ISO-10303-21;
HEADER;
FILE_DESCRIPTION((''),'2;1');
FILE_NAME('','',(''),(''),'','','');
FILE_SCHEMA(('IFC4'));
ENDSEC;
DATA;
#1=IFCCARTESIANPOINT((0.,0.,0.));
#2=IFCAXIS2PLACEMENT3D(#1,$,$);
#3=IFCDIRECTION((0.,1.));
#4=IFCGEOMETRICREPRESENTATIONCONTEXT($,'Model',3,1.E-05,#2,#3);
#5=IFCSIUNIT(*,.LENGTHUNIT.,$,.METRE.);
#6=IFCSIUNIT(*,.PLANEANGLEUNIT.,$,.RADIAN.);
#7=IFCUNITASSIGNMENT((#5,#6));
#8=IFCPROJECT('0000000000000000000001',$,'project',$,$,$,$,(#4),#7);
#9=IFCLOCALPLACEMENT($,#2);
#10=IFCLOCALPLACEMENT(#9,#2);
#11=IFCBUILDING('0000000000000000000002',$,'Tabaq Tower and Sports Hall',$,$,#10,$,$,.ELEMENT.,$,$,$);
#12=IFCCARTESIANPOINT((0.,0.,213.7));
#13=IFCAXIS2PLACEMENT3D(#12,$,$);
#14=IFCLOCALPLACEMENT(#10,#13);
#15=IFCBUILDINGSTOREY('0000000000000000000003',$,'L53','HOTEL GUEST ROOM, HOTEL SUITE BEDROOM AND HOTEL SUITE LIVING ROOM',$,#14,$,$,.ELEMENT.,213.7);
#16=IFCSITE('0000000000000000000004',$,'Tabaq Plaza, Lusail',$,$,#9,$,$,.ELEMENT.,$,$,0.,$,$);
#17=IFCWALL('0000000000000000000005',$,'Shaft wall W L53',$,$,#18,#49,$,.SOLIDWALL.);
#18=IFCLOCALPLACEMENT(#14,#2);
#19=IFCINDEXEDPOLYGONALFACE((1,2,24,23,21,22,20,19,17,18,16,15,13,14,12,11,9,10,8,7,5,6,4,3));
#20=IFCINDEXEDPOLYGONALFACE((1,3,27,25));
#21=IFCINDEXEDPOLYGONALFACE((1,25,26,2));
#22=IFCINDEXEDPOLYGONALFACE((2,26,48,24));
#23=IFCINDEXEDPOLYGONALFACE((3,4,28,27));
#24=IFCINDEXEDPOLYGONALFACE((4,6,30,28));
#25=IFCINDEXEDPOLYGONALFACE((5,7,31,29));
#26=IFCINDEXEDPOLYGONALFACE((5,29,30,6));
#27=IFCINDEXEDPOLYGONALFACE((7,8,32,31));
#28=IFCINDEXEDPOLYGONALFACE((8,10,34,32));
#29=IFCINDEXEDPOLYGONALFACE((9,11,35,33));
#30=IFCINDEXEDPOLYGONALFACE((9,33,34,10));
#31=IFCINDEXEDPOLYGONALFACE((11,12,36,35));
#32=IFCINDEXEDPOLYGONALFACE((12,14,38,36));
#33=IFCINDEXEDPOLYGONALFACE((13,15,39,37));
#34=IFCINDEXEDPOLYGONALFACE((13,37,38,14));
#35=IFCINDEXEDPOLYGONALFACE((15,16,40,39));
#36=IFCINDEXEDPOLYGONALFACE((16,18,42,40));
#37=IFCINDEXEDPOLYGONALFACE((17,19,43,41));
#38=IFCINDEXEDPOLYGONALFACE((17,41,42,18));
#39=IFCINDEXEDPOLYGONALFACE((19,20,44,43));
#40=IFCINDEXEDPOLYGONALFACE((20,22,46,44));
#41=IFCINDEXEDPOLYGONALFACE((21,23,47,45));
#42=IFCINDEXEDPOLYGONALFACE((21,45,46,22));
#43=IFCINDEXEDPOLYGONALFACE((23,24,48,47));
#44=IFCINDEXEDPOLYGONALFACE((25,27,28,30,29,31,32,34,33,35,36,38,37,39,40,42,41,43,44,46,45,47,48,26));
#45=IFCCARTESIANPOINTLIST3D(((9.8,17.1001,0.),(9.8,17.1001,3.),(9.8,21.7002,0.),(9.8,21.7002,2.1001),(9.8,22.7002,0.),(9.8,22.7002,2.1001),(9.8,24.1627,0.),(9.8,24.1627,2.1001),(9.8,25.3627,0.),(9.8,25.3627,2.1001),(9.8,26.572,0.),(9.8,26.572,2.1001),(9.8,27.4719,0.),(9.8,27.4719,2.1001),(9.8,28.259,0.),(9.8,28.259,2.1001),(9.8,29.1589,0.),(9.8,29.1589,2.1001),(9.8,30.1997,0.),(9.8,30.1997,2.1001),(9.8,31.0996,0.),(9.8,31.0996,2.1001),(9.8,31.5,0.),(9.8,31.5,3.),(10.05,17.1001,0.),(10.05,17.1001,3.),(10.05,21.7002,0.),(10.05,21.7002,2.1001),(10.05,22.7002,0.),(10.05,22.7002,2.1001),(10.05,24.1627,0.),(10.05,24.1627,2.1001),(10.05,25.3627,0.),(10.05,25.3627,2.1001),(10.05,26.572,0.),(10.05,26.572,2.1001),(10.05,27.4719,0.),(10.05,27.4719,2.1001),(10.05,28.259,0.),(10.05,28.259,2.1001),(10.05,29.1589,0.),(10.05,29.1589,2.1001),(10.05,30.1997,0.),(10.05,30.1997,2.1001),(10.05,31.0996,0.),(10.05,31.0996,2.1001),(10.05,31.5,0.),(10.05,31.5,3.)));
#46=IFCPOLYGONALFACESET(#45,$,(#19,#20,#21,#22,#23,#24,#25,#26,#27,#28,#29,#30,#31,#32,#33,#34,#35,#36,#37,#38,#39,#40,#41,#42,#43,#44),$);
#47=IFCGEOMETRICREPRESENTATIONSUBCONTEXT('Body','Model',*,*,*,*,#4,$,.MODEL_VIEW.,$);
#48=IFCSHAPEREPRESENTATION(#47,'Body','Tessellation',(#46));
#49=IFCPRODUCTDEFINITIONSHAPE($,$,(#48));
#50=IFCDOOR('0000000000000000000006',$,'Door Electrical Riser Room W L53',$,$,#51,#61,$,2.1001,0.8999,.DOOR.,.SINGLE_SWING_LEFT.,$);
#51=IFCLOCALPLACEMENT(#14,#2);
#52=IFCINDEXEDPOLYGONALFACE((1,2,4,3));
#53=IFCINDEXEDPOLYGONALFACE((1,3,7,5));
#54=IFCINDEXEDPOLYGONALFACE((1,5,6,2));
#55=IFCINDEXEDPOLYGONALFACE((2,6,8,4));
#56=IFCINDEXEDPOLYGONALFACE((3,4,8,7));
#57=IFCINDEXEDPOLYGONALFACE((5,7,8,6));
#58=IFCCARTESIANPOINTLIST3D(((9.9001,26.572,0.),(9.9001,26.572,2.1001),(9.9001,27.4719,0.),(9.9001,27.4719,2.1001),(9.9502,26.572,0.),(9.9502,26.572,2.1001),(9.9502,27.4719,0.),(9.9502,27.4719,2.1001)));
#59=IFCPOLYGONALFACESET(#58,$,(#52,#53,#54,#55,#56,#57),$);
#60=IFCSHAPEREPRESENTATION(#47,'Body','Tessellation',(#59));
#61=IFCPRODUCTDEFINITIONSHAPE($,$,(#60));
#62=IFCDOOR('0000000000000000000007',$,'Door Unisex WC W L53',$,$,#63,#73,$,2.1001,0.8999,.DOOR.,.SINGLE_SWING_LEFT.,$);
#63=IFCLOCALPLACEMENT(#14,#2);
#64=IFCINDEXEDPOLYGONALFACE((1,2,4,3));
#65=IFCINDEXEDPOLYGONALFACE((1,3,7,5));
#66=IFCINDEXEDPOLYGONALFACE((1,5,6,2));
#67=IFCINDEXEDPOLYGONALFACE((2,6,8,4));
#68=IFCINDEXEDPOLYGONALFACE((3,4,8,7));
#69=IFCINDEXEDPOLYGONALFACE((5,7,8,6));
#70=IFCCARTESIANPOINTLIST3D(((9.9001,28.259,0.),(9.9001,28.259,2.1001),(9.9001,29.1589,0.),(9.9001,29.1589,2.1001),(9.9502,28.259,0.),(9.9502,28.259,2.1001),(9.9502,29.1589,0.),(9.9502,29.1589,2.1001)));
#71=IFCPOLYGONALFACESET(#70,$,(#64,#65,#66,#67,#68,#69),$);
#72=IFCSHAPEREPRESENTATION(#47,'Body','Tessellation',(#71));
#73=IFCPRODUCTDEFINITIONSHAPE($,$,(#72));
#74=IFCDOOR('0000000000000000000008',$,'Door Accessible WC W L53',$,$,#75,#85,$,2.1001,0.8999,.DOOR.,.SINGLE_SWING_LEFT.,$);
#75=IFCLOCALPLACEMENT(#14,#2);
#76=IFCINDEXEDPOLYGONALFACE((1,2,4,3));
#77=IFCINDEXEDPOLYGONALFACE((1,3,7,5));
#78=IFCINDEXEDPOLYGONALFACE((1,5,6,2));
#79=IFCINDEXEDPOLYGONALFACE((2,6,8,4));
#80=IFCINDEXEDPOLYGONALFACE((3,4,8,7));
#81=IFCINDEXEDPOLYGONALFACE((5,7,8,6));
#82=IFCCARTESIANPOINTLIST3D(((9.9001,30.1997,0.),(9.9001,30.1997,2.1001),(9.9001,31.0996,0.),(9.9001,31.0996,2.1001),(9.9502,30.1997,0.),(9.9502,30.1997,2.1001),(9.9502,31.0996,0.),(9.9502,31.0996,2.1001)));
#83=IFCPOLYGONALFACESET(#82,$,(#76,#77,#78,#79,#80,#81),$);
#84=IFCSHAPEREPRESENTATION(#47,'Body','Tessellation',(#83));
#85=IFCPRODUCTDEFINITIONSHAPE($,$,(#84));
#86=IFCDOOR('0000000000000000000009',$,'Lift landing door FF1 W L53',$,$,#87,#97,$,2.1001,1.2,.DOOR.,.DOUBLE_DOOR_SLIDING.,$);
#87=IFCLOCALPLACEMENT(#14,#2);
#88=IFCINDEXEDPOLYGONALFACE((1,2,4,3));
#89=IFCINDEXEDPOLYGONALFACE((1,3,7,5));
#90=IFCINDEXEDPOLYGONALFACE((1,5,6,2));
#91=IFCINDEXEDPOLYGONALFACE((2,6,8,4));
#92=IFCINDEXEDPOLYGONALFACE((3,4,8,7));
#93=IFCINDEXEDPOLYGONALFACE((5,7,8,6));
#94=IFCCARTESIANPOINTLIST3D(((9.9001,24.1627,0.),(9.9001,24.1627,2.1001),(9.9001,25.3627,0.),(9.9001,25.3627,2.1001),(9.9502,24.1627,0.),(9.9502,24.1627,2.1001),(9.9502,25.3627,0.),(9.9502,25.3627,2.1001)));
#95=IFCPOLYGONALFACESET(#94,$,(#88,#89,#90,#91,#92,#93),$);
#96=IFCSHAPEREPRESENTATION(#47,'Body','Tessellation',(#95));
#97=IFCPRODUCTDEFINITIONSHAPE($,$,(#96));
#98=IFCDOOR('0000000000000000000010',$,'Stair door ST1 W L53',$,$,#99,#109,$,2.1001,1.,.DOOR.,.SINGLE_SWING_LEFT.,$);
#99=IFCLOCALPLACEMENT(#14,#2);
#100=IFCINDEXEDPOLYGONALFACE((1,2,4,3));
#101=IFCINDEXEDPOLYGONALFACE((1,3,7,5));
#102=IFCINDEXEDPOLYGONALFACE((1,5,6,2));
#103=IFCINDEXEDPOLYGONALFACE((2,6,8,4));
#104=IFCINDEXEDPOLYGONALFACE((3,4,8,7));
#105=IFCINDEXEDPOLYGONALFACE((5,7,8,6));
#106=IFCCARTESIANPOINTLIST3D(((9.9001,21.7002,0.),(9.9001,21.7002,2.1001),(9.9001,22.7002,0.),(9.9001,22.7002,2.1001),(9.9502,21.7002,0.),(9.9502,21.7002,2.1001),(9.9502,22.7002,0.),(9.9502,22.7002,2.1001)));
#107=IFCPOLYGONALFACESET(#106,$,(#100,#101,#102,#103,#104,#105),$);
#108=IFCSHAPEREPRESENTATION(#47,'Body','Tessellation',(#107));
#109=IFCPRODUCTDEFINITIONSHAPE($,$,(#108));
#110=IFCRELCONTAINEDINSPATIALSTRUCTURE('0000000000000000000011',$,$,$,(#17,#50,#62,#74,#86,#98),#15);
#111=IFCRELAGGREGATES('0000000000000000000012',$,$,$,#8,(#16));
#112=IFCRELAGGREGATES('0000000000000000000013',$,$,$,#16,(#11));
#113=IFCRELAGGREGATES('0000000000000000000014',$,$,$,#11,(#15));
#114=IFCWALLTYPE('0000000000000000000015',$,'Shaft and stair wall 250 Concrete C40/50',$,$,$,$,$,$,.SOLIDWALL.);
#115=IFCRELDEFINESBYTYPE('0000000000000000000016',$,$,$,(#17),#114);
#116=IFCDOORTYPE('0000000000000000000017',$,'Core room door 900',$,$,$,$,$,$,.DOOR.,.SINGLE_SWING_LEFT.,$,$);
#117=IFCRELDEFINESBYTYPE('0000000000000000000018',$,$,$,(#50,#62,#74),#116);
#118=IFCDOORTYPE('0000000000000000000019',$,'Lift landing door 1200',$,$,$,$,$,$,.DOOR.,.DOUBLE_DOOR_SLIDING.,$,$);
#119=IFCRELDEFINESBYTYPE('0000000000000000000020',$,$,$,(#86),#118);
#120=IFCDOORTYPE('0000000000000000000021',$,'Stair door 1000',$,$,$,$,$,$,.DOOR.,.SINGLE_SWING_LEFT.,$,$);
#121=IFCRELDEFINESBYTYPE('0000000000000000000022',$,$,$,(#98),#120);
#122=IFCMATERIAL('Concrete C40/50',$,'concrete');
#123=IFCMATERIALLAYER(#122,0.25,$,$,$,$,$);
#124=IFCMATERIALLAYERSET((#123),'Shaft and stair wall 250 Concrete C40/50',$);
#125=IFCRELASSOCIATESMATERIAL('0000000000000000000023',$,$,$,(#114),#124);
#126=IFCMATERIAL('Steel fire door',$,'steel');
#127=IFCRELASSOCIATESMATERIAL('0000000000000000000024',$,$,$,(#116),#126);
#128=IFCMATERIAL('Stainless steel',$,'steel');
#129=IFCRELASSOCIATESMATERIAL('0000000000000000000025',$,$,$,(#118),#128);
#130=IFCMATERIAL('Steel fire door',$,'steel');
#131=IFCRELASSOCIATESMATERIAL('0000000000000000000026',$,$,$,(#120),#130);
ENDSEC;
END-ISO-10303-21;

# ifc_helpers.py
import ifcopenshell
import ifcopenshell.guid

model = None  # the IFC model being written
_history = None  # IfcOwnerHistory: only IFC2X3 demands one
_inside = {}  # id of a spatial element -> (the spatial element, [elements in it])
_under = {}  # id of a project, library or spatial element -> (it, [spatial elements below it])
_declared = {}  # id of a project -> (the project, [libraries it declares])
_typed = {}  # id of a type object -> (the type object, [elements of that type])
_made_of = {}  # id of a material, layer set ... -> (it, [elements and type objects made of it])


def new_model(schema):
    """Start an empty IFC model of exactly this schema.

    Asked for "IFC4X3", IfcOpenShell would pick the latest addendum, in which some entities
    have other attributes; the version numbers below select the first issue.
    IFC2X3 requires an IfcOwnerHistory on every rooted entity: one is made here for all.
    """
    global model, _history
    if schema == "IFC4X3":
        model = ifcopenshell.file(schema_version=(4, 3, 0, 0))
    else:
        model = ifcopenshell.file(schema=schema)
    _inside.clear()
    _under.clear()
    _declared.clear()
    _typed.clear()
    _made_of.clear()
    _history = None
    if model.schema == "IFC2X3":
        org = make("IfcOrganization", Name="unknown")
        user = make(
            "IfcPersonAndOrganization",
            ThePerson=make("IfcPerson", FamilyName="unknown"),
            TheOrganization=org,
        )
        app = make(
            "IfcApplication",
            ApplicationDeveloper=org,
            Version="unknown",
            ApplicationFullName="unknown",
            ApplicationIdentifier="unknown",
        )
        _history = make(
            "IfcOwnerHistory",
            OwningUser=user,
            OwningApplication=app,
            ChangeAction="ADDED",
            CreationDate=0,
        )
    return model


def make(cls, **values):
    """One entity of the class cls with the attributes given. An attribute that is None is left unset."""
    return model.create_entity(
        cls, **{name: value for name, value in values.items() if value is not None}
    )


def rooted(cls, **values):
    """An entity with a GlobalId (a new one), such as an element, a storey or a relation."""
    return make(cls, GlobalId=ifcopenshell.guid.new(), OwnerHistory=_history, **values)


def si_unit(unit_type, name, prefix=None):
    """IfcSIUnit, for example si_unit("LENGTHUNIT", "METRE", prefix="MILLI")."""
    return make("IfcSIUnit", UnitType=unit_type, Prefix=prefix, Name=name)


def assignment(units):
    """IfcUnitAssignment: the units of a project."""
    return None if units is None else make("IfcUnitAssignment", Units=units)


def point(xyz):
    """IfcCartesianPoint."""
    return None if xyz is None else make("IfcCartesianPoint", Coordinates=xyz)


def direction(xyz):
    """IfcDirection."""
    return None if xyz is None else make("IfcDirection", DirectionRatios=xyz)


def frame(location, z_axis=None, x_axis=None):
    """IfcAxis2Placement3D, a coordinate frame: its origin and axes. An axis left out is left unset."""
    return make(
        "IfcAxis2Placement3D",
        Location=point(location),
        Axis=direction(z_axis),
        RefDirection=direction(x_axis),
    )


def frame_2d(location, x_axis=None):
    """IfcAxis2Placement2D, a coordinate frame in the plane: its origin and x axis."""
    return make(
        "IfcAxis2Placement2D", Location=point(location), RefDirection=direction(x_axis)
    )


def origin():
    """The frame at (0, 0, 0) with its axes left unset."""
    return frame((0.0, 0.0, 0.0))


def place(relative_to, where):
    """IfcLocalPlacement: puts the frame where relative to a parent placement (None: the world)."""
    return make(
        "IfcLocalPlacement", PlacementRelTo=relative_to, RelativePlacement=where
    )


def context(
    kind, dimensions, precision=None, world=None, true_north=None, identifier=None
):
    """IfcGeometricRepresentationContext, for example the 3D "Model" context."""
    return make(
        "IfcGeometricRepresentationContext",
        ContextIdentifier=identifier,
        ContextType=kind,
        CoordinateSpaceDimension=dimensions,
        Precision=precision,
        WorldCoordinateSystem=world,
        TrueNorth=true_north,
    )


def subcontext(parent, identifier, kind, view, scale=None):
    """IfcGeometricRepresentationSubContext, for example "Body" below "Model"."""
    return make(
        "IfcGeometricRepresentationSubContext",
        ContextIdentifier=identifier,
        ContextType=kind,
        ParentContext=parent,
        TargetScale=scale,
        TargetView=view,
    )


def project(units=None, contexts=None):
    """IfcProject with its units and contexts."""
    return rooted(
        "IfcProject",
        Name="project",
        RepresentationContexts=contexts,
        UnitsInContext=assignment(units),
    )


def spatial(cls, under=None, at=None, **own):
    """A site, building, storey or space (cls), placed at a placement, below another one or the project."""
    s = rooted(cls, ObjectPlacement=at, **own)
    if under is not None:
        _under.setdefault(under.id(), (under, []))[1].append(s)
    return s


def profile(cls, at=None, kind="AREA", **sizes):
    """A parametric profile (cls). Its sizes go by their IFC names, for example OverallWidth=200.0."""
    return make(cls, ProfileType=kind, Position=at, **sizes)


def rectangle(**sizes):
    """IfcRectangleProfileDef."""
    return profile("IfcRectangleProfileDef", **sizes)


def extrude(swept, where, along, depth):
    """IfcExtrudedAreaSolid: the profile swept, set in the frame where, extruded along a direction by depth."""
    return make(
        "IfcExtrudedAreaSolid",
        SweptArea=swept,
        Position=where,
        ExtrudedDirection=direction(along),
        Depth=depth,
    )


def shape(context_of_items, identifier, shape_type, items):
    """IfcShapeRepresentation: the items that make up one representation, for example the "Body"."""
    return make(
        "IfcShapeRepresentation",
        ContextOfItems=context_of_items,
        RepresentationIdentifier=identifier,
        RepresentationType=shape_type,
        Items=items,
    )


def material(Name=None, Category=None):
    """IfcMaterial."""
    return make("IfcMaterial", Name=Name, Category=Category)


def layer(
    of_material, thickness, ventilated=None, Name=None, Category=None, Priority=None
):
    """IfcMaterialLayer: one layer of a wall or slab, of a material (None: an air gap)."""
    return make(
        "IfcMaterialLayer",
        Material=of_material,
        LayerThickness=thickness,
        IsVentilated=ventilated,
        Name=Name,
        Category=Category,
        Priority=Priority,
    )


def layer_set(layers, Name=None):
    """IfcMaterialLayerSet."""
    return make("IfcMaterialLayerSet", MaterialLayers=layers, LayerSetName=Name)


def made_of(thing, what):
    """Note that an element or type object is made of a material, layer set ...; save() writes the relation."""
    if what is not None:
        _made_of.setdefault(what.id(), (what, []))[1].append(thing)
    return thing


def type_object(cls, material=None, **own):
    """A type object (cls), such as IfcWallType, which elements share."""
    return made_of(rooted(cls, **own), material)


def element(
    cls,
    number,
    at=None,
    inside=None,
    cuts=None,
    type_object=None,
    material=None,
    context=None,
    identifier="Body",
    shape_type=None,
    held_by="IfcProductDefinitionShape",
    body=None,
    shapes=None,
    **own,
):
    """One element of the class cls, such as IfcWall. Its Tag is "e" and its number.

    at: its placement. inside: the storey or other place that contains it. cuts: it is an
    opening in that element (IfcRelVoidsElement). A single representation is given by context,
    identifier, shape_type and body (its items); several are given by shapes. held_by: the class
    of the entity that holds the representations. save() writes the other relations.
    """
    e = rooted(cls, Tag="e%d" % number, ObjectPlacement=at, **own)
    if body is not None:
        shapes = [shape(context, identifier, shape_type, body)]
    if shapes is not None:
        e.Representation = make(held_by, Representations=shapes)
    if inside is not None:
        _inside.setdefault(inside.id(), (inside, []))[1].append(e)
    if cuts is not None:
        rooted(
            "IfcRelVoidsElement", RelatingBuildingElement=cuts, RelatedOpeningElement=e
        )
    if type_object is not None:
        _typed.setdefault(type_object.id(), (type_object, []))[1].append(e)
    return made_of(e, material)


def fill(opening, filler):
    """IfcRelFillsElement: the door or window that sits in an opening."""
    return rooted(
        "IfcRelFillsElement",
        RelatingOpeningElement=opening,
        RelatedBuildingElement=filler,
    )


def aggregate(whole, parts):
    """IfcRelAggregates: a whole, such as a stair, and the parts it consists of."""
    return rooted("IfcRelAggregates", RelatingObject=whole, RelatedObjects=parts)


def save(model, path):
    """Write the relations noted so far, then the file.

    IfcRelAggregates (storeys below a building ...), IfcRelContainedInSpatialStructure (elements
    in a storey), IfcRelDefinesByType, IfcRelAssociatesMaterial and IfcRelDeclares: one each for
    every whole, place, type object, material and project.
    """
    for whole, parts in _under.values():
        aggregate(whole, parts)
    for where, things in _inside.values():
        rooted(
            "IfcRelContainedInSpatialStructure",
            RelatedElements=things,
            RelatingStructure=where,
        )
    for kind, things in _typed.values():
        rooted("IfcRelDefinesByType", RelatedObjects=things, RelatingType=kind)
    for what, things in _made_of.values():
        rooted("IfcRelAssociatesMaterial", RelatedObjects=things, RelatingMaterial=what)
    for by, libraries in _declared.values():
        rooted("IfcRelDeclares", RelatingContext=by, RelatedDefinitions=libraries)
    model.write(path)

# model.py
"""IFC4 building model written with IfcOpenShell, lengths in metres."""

from ifc_helpers import new_model, si_unit, direction, frame, frame_2d, origin, place, context, subcontext, project, spatial, rectangle, extrude, material, layer, layer_set, type_object, element, fill, save


model = new_model("IFC4")

# Units and contexts
model_context = context("Model", 3, precision=1e-05, world=origin(), true_north=direction((0.0, 1.0)))
body_context = subcontext(model_context, "Body", "Model", "MODEL_VIEW")
ifc_project = project(units=[si_unit("LENGTHUNIT", "METRE"), si_unit("PLANEANGLEUNIT", "RADIAN")], contexts=[model_context])

# Site, building, storey
site_placement = place(None, origin())
site = spatial("IfcSite", under=ifc_project, at=site_placement, Name="Tabaq Plaza, Lusail", CompositionType="ELEMENT", RefElevation=0.0)
building_placement = place(site_placement, origin())
building = spatial("IfcBuilding", under=site, at=building_placement, Name="Tabaq Tower and Sports Hall", CompositionType="ELEMENT")
storey_placement = place(building_placement, frame((0.0, 0.0, 213.7)))
storey = spatial("IfcBuildingStorey", under=building, at=storey_placement, Name="L53", Description="HOTEL GUEST ROOM, HOTEL SUITE BEDROOM AND HOTEL SUITE LIVING ROOM", CompositionType="ELEMENT", Elevation=213.7)

# Wall, openings, doors
ifc_material_1 = material(Name="Concrete C40/50", Category="concrete")
ifc_layer_1 = layer(ifc_material_1, 0.25)
ifc_layer_set_1 = layer_set([ifc_layer_1], Name="Shaft and stair wall 250 Concrete C40/50")
wall_type_1 = type_object("IfcWallType", Name="Shaft and stair wall 250 Concrete C40/50", PredefinedType="SOLIDWALL", material=ifc_layer_set_1)
wall_1_placement = place(storey_placement, frame((9.925, 17.1001, 0.0), z_axis=(0.0, 0.0, 1.0), x_axis=(0.0, 1.0, 0.0)))
wall_1 = element("IfcWall", 1, at=wall_1_placement, inside=storey, type_object=wall_type_1, Name="Shaft wall W L53", PredefinedType="SOLIDWALL", context=body_context, shape_type="SweptSolid", body=[
    extrude(rectangle(XDim=14.3999, YDim=0.25, at=frame_2d((7.2, 0.0))), origin(), (0.0, 0.0, 1.0), 3.0),
])
opening_1_placement = place(wall_1_placement, frame((4.6001, 0.0, 0.0)))
opening_1 = element("IfcOpeningElement", 2, at=opening_1_placement, cuts=wall_1, PredefinedType="OPENING", context=body_context, shape_type="SweptSolid", body=[
    extrude(rectangle(XDim=1.0, YDim=2.1001, at=frame_2d((0.5, 1.05))), frame((0.0, 0.125, 0.0), z_axis=(0.0, -1.0, 0.0), x_axis=(1.0, 0.0, 0.0)), (0.0, 0.0, 1.0), 0.25),
])
opening_2_placement = place(wall_1_placement, frame((7.0625, 0.0, 0.0)))
opening_2 = element("IfcOpeningElement", 3, at=opening_2_placement, cuts=wall_1, PredefinedType="OPENING", context=body_context, shape_type="SweptSolid", body=[
    extrude(rectangle(XDim=1.2, YDim=2.1001, at=frame_2d((0.6001, 1.05))), frame((0.0, 0.125, 0.0), z_axis=(0.0, -1.0, 0.0), x_axis=(1.0, 0.0, 0.0)), (0.0, 0.0, 1.0), 0.25),
])
opening_3_placement = place(wall_1_placement, frame((9.4719, 0.0, 0.0)))
opening_3 = element("IfcOpeningElement", 4, at=opening_3_placement, cuts=wall_1, PredefinedType="OPENING", context=body_context, shape_type="SweptSolid", body=[
    extrude(rectangle(XDim=0.8999, YDim=2.1001, at=frame_2d((0.45, 1.05))), frame((0.0, 0.125, 0.0), z_axis=(0.0, -1.0, 0.0), x_axis=(1.0, 0.0, 0.0)), (0.0, 0.0, 1.0), 0.25),
])
opening_4_placement = place(wall_1_placement, frame((11.1589, 0.0, 0.0)))
opening_4 = element("IfcOpeningElement", 5, at=opening_4_placement, cuts=wall_1, PredefinedType="OPENING", context=body_context, shape_type="SweptSolid", body=[
    extrude(rectangle(XDim=0.8999, YDim=2.1001, at=frame_2d((0.45, 1.05))), frame((0.0, 0.125, 0.0), z_axis=(0.0, -1.0, 0.0), x_axis=(1.0, 0.0, 0.0)), (0.0, 0.0, 1.0), 0.25),
])
opening_5_placement = place(wall_1_placement, frame((13.0996, 0.0, 0.0)))
opening_5 = element("IfcOpeningElement", 6, at=opening_5_placement, cuts=wall_1, PredefinedType="OPENING", context=body_context, shape_type="SweptSolid", body=[
    extrude(rectangle(XDim=0.8999, YDim=2.1001, at=frame_2d((0.45, 1.05))), frame((0.0, 0.125, 0.0), z_axis=(0.0, -1.0, 0.0), x_axis=(1.0, 0.0, 0.0)), (0.0, 0.0, 1.0), 0.25),
])
ifc_material_2 = material(Name="Steel fire door", Category="steel")
door_type_1 = type_object("IfcDoorType", Name="Core room door 900", OperationType="SINGLE_SWING_LEFT", PredefinedType="DOOR", material=ifc_material_2)
door_1_placement = place(opening_3_placement, origin())
door_1 = element("IfcDoor", 7, at=door_1_placement, inside=storey, type_object=door_type_1, Name="Door Electrical Riser Room W L53", OperationType="SINGLE_SWING_LEFT", OverallHeight=2.1001, OverallWidth=0.8999, PredefinedType="DOOR", context=body_context, shape_type="SweptSolid", body=[
    extrude(rectangle(XDim=0.8999, YDim=2.1001, at=frame_2d((0.45, 1.05))), frame((0.0, 0.0249, 0.0), z_axis=(0.0, -1.0, 0.0), x_axis=(1.0, 0.0, 0.0)), (0.0, 0.0, 1.0), 0.05),
])
fill(opening_3, door_1)
door_2_placement = place(opening_4_placement, origin())
door_2 = element("IfcDoor", 8, at=door_2_placement, inside=storey, type_object=door_type_1, Name="Door Unisex WC W L53", OperationType="SINGLE_SWING_LEFT", OverallHeight=2.1001, OverallWidth=0.8999, PredefinedType="DOOR", context=body_context, shape_type="SweptSolid", body=[
    extrude(rectangle(XDim=0.8999, YDim=2.1001, at=frame_2d((0.45, 1.05))), frame((0.0, 0.0249, 0.0), z_axis=(0.0, -1.0, 0.0), x_axis=(1.0, 0.0, 0.0)), (0.0, 0.0, 1.0), 0.05),
])
fill(opening_4, door_2)
door_3_placement = place(opening_5_placement, origin())
door_3 = element("IfcDoor", 9, at=door_3_placement, inside=storey, type_object=door_type_1, Name="Door Accessible WC W L53", OperationType="SINGLE_SWING_LEFT", OverallHeight=2.1001, OverallWidth=0.8999, PredefinedType="DOOR", context=body_context, shape_type="SweptSolid", body=[
    extrude(rectangle(XDim=0.8999, YDim=2.1001, at=frame_2d((0.45, 1.05))), frame((0.0, 0.0249, 0.0), z_axis=(0.0, -1.0, 0.0), x_axis=(1.0, 0.0, 0.0)), (0.0, 0.0, 1.0), 0.05),
])
fill(opening_5, door_3)
ifc_material_3 = material(Name="Stainless steel", Category="steel")
door_type_2 = type_object("IfcDoorType", Name="Lift landing door 1200", OperationType="DOUBLE_DOOR_SLIDING", PredefinedType="DOOR", material=ifc_material_3)
door_4_placement = place(opening_2_placement, origin())
door_4 = element("IfcDoor", 10, at=door_4_placement, inside=storey, type_object=door_type_2, Name="Lift landing door FF1 W L53", OperationType="DOUBLE_DOOR_SLIDING", OverallHeight=2.1001, OverallWidth=1.2, PredefinedType="DOOR", context=body_context, shape_type="SweptSolid", body=[
    extrude(rectangle(XDim=1.2, YDim=2.1001, at=frame_2d((0.6001, 1.05))), frame((0.0, 0.0249, 0.0), z_axis=(0.0, -1.0, 0.0), x_axis=(1.0, 0.0, 0.0)), (0.0, 0.0, 1.0), 0.05),
])
fill(opening_2, door_4)
ifc_material_4 = material(Name="Steel fire door", Category="steel")
door_type_3 = type_object("IfcDoorType", Name="Stair door 1000", OperationType="SINGLE_SWING_LEFT", PredefinedType="DOOR", material=ifc_material_4)
door_5_placement = place(opening_1_placement, origin())
door_5 = element("IfcDoor", 11, at=door_5_placement, inside=storey, type_object=door_type_3, Name="Stair door ST1 W L53", OperationType="SINGLE_SWING_LEFT", OverallHeight=2.1001, OverallWidth=1.0, PredefinedType="DOOR", context=body_context, shape_type="SweptSolid", body=[
    extrude(rectangle(XDim=1.0, YDim=2.1001, at=frame_2d((0.5, 1.05))), frame((0.0, 0.0249, 0.0), z_axis=(0.0, -1.0, 0.0), x_axis=(1.0, 0.0, 0.0)), (0.0, 0.0, 1.0), 0.05),
])
fill(opening_1, door_5)

save(model, "model.ifc")
